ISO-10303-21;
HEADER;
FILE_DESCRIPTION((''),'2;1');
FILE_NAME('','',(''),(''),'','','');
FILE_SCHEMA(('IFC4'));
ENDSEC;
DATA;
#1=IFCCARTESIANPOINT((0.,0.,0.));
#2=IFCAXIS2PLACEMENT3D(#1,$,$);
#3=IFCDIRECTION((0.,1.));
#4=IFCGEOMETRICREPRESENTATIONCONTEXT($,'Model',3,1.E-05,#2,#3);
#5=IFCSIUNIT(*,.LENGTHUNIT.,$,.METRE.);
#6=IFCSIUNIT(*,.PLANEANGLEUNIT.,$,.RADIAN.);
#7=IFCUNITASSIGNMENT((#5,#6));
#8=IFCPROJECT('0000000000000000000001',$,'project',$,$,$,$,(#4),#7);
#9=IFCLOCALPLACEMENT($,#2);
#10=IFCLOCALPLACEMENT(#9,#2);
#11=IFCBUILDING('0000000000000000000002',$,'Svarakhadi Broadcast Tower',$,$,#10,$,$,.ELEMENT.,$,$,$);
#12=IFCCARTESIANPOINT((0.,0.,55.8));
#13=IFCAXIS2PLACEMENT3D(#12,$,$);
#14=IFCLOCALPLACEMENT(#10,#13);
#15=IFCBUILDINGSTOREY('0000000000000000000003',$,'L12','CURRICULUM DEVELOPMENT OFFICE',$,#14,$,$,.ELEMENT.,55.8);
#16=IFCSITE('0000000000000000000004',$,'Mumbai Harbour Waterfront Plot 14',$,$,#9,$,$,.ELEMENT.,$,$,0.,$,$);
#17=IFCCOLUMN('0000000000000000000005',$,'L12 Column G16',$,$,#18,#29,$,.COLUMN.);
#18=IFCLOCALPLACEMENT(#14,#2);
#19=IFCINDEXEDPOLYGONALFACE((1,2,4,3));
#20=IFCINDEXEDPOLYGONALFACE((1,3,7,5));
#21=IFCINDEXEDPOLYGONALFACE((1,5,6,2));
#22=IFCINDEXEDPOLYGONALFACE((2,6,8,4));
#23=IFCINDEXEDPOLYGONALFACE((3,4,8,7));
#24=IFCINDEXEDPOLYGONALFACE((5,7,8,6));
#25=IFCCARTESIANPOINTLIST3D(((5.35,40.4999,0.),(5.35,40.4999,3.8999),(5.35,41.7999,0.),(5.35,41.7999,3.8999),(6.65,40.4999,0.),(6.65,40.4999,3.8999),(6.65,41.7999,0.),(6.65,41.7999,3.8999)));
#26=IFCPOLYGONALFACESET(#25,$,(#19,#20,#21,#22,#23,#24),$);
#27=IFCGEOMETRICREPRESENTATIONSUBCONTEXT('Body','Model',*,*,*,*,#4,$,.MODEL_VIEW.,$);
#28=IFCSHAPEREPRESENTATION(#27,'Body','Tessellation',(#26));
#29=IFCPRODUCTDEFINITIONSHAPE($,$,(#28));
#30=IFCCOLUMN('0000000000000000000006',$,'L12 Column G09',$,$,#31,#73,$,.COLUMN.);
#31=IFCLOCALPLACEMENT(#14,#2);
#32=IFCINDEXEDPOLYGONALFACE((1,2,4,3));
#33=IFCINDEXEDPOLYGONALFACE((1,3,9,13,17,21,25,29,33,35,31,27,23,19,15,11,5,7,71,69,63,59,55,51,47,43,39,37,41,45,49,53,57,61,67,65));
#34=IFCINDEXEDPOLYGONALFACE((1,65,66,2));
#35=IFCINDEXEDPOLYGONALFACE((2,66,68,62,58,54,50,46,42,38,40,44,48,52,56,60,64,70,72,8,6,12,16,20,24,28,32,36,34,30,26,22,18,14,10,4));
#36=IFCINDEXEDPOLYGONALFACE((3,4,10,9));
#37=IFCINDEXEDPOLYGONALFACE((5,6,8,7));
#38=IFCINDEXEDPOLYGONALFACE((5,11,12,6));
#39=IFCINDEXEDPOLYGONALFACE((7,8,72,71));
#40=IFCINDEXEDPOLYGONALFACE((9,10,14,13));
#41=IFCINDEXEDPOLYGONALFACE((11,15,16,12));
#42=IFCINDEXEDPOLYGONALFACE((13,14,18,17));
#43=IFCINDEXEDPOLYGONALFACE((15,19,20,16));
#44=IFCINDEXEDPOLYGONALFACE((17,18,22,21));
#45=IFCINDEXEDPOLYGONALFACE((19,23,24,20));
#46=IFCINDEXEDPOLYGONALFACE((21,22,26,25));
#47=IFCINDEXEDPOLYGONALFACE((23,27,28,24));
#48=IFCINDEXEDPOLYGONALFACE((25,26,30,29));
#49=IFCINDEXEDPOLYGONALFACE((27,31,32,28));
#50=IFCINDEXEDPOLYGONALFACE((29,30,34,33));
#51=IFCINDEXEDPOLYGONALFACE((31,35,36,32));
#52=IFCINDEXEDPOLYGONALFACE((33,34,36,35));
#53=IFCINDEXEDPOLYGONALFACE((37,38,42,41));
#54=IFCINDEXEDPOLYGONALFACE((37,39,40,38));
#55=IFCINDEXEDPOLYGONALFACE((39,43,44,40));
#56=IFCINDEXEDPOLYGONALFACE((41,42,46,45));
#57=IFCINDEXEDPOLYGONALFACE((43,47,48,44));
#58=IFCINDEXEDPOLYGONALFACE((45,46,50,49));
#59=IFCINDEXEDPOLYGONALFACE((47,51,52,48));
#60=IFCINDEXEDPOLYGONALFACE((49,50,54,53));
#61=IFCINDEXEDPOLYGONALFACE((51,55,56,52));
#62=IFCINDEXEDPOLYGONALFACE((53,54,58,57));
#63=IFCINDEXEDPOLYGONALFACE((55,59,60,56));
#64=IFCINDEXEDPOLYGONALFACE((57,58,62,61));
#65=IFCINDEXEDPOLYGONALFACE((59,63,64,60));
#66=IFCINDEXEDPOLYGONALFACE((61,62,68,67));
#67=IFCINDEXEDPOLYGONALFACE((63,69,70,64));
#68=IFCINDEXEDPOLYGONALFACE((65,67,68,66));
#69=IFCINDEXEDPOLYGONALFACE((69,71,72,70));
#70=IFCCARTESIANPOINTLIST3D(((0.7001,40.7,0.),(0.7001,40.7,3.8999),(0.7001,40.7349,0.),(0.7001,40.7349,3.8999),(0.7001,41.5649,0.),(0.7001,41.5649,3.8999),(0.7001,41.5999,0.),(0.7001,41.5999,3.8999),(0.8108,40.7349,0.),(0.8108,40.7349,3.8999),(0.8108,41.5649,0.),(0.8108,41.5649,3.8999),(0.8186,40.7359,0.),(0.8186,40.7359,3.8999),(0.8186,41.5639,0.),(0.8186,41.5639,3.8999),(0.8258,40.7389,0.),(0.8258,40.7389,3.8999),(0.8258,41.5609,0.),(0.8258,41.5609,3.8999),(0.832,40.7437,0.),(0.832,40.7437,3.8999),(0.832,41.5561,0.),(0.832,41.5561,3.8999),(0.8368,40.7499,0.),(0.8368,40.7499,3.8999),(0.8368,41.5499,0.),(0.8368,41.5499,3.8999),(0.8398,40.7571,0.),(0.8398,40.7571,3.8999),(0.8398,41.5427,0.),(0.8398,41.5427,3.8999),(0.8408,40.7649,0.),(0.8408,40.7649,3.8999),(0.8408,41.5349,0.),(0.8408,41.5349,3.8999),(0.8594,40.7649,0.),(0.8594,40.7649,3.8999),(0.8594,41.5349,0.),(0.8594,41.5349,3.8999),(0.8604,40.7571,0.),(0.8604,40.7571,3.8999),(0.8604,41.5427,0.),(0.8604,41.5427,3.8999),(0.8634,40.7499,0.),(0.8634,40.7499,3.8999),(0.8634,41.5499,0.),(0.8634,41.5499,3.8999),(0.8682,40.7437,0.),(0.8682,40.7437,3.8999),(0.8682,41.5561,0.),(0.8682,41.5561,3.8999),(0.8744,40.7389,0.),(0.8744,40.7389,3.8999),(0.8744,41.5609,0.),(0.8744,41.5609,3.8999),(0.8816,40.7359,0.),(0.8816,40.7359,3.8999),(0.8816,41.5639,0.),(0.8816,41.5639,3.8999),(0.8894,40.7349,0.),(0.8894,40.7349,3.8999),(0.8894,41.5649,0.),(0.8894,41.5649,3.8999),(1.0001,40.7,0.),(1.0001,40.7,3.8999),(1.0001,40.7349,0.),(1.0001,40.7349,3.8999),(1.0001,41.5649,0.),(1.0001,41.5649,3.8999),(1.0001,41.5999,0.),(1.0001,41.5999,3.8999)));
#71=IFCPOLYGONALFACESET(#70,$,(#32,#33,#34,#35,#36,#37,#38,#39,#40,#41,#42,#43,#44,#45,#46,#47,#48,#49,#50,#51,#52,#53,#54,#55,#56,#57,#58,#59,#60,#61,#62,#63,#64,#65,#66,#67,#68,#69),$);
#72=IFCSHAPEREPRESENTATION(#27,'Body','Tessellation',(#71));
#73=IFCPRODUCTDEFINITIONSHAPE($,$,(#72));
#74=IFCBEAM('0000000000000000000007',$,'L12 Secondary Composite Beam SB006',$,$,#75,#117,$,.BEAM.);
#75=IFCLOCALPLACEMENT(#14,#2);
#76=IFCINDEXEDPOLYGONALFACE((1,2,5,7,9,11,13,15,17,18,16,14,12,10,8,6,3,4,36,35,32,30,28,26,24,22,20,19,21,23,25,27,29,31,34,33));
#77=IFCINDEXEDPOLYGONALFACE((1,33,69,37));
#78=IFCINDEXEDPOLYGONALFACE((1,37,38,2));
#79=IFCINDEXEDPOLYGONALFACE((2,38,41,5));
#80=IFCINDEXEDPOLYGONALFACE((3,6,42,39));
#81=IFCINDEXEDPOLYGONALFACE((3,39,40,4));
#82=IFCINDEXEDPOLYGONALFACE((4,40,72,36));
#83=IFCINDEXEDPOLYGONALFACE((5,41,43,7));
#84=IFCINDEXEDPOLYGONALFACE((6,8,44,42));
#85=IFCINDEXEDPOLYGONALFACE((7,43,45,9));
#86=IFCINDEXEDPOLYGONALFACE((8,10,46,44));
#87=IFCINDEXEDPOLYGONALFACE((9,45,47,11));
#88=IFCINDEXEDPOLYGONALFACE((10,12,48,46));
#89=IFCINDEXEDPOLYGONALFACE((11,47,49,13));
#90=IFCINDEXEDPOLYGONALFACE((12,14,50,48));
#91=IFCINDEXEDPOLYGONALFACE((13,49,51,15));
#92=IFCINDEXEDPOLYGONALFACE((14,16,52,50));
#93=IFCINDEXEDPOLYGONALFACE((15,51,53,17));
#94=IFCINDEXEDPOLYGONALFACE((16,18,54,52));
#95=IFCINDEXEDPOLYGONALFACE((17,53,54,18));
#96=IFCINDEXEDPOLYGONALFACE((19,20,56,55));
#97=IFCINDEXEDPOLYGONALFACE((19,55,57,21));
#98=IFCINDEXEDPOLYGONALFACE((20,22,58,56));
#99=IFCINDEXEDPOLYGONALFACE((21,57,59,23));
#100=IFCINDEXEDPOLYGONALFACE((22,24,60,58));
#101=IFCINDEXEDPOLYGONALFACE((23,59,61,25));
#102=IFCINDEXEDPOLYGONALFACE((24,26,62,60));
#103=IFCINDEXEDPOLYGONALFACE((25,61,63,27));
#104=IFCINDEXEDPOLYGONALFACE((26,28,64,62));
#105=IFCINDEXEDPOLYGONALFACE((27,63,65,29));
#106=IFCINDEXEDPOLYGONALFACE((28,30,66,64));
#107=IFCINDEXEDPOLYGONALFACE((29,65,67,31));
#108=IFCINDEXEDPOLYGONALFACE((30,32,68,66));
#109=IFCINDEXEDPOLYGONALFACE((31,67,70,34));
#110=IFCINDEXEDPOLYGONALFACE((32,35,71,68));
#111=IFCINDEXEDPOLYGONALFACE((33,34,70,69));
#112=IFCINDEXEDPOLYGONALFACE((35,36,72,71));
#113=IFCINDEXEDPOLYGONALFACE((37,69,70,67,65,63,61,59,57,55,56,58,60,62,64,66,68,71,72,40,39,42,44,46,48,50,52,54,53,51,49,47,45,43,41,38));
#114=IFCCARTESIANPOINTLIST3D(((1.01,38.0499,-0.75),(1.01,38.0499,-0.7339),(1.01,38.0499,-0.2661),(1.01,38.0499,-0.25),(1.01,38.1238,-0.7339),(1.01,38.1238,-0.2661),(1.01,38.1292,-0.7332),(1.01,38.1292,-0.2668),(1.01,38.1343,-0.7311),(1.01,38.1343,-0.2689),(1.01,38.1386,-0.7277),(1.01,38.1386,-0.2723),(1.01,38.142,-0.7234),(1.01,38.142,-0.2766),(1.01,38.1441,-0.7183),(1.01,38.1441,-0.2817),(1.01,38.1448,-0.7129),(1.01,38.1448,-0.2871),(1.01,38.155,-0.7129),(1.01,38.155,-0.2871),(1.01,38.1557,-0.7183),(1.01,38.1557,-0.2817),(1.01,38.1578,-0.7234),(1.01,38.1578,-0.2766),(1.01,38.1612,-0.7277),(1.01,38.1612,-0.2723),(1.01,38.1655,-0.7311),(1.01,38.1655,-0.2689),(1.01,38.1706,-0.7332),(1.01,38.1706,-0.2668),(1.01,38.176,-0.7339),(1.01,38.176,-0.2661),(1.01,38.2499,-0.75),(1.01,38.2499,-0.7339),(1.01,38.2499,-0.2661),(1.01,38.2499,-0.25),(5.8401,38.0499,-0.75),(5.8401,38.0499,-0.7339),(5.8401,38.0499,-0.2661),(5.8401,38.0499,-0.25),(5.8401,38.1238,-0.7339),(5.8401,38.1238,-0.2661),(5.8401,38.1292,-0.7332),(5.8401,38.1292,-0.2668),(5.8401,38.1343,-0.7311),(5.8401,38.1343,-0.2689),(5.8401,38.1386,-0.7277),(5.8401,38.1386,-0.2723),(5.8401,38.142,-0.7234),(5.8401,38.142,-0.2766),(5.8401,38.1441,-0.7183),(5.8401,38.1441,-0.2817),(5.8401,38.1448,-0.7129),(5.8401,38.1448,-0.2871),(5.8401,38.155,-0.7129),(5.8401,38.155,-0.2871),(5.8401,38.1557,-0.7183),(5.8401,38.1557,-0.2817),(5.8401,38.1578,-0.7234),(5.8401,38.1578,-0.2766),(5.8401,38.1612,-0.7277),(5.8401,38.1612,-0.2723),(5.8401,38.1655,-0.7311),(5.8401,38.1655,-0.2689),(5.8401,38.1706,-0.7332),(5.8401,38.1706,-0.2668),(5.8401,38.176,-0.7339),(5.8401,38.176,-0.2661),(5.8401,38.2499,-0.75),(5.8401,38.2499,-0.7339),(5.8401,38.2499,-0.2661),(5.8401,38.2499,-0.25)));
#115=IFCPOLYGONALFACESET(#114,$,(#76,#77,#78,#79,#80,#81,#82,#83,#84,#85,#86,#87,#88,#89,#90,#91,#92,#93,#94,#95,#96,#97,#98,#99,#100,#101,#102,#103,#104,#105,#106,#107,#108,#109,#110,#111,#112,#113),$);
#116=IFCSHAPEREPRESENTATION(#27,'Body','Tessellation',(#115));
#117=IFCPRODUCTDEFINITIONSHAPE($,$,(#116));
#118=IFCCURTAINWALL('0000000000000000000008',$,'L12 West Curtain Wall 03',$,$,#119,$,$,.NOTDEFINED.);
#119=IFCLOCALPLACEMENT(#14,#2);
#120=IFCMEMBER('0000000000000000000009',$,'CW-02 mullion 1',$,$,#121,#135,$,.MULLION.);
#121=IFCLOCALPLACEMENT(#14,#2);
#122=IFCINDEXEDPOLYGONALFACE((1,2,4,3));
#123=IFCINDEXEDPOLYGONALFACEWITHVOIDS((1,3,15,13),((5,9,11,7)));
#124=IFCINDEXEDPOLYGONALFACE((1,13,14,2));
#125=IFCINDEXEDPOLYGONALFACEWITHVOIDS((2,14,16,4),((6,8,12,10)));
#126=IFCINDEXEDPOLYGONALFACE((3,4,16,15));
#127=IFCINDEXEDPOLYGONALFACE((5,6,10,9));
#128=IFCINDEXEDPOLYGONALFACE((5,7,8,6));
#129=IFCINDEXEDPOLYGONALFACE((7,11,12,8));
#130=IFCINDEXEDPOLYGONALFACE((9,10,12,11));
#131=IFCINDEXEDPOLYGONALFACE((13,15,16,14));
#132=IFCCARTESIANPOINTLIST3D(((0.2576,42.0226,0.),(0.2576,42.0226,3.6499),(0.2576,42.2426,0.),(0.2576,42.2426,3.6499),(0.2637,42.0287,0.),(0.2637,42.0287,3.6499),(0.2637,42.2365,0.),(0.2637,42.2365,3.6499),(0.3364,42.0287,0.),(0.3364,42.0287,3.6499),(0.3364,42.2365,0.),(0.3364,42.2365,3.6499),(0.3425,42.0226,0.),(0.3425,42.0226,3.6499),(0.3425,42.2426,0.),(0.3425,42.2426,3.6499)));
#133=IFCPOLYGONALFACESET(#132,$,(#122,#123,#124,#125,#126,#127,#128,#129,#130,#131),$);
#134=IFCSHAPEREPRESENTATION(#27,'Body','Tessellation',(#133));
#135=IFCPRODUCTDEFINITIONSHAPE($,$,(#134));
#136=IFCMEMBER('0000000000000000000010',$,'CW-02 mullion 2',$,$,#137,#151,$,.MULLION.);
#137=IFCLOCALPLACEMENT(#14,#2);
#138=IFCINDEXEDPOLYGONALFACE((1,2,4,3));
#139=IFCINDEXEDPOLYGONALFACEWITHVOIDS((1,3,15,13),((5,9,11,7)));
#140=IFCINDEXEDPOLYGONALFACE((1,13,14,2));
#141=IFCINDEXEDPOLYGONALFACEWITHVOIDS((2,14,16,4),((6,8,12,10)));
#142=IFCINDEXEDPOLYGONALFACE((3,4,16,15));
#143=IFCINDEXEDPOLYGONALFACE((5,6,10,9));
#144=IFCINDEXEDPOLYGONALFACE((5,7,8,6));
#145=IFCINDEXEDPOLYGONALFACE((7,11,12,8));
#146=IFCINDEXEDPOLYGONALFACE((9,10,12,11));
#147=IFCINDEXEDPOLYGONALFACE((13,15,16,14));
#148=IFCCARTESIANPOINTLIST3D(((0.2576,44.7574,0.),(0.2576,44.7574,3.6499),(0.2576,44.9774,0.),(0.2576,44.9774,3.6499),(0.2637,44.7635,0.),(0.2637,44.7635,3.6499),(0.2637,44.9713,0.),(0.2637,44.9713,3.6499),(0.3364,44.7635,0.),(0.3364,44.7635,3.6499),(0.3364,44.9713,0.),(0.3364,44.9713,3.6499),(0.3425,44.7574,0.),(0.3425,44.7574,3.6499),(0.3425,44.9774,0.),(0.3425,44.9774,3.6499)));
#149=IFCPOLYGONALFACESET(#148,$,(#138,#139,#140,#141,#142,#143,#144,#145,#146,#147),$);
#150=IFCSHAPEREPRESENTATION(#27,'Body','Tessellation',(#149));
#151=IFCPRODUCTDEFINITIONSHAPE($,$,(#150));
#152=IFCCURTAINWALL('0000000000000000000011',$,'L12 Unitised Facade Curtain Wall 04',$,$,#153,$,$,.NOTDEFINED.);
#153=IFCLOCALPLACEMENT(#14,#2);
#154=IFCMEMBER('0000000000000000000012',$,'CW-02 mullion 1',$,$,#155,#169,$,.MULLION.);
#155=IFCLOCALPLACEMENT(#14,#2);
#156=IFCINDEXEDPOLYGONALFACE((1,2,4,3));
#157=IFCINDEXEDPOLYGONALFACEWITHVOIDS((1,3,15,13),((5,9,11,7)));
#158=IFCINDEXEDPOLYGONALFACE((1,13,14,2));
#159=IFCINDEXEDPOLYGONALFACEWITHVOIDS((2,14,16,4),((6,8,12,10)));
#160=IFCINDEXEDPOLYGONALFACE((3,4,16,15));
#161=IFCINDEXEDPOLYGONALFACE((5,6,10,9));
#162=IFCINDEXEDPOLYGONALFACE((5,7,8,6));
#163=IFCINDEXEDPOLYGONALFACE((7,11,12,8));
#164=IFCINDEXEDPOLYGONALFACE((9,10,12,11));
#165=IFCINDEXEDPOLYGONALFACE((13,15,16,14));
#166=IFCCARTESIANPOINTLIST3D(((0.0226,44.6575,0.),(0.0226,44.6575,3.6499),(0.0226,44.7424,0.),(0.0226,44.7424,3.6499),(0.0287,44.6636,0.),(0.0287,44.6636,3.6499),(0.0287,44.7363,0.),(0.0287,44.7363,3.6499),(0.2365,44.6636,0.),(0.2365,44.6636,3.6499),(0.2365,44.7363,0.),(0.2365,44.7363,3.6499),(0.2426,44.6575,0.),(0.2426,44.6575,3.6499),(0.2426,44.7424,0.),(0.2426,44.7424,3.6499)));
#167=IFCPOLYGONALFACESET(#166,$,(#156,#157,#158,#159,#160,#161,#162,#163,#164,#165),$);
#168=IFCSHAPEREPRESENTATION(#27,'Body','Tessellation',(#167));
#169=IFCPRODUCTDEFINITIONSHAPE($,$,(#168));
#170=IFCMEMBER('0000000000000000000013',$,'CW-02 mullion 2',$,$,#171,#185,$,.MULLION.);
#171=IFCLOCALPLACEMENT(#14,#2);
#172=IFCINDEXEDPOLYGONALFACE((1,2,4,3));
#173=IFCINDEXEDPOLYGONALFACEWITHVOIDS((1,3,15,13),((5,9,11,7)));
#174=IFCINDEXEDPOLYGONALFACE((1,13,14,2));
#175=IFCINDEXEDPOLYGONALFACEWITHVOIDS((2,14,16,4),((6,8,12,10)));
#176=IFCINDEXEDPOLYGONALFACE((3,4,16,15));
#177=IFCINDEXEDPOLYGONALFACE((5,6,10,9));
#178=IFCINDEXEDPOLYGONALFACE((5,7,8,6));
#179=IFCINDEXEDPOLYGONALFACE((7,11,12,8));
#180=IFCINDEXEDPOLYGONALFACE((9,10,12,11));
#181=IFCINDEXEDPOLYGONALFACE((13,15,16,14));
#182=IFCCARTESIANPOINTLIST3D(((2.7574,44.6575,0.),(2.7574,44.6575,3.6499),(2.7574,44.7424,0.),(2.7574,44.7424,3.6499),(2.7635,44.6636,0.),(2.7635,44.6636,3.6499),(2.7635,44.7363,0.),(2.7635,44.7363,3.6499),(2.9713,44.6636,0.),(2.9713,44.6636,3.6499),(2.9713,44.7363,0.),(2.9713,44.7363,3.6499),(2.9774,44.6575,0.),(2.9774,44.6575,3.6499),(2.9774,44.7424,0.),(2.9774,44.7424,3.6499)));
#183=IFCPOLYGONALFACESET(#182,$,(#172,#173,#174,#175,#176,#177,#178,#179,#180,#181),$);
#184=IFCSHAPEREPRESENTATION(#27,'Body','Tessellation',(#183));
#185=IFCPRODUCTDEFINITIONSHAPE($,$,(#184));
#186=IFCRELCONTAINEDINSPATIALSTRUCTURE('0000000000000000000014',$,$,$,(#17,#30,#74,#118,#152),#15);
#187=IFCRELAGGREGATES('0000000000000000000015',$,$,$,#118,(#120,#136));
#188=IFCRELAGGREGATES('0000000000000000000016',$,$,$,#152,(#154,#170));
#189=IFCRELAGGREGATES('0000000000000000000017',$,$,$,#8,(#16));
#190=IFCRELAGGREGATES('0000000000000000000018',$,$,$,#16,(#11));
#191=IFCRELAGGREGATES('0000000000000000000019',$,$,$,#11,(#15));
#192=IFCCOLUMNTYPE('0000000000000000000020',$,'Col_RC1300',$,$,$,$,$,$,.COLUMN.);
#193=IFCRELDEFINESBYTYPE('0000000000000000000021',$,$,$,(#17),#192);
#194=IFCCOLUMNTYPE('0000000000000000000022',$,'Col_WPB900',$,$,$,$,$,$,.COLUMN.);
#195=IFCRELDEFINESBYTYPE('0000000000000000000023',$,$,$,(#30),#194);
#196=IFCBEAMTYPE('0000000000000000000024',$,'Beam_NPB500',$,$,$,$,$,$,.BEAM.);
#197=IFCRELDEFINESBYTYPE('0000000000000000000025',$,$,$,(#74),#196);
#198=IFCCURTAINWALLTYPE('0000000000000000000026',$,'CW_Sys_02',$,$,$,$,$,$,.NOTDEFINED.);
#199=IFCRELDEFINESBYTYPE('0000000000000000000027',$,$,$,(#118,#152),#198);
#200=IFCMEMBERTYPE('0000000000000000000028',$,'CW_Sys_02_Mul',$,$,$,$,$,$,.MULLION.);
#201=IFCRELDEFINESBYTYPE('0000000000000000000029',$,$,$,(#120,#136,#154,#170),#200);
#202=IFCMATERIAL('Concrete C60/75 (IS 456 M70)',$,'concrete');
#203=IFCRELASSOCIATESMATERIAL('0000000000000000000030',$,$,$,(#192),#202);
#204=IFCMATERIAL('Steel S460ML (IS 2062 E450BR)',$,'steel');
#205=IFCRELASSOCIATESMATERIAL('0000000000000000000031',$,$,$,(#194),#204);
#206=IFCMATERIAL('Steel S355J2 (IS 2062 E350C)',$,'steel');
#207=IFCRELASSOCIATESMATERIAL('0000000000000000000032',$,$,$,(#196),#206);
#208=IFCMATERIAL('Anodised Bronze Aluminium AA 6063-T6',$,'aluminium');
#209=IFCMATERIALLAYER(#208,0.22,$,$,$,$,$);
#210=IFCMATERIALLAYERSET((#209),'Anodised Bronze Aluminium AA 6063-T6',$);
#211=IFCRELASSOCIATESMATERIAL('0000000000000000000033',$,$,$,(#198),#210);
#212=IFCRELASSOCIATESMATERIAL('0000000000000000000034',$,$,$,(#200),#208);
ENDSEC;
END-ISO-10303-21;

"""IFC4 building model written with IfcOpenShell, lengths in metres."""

from ifc_helpers import new_model, si_unit, direction, frame, origin, origin_2d, place, context, subcontext, project, spatial, rectangle, hollow_rectangle, i_section, extrude, material, layer, layer_set, material_profile, profile_set, type_object, element, aggregate, save


model = new_model("IFC4")

# Units and contexts
model_context = context("Model", 3, precision=1e-05, world=origin(), true_north=direction((0.0, 1.0)))
body_context = subcontext(model_context, "Body", "Model", "MODEL_VIEW")
ifc_project = project(units=[si_unit("LENGTHUNIT", "METRE"), si_unit("PLANEANGLEUNIT", "RADIAN")], contexts=[model_context])

# Site, building, storey
site_placement = place(None, origin())
site = spatial("IfcSite", under=ifc_project, at=site_placement, Name="Mumbai Harbour Waterfront Plot 14", CompositionType="ELEMENT", RefElevation=0.0)
building_placement = place(site_placement, origin())
building = spatial("IfcBuilding", under=site, at=building_placement, Name="Svarakhadi Broadcast Tower", CompositionType="ELEMENT")
storey_placement = place(building_placement, frame((0.0, 0.0, 55.8)))
storey = spatial("IfcBuildingStorey", under=building, at=storey_placement, Name="L12", Description="CURRICULUM DEVELOPMENT OFFICE", CompositionType="ELEMENT", Elevation=55.8)

# Columns
ifc_material_1 = material(Name="Concrete C60/75 (IS 456 M70)", Category="concrete")
ifc_material_profile_1 = material_profile(ifc_material_1, rectangle(XDim=1.3, YDim=1.3, at=origin_2d()), Name="RC 1300x1300")
ifc_profile_set_1 = profile_set([ifc_material_profile_1], Name="Concrete C60/75 (IS 456 M70)")
column_type_1 = type_object("IfcColumnType", Name="Col_RC1300", PredefinedType="COLUMN", material=ifc_profile_set_1)
column_1_placement = place(storey_placement, frame((6.0, 41.1499, 0.0), z_axis=(0.0, 0.0, 1.0), x_axis=(1.0, 0.0, 0.0)))
element("IfcColumn", 1, at=column_1_placement, inside=storey, type_object=column_type_1, Name="L12 Column G16", PredefinedType="COLUMN", context=body_context, shape_type="SweptSolid", body=[
    extrude(rectangle(XDim=1.3, YDim=1.3, at=origin_2d()), origin(), (0.0, 0.0, 1.0), 3.8999),
])
ifc_material_2 = material(Name="Steel S460ML (IS 2062 E450BR)", Category="steel")
ifc_material_profile_2 = material_profile(ifc_material_2, i_section(OverallWidth=0.3, OverallDepth=0.8999, WebThickness=0.0186, FlangeThickness=0.0349, FilletRadius=0.03, at=origin_2d()), Name="WPB 900x300x291")
ifc_profile_set_2 = profile_set([ifc_material_profile_2], Name="Steel S460ML (IS 2062 E450BR)")
column_type_2 = type_object("IfcColumnType", Name="Col_WPB900", PredefinedType="COLUMN", material=ifc_profile_set_2)
column_2_placement = place(storey_placement, frame((0.8501, 41.1499, 0.0), z_axis=(0.0, 0.0, 1.0), x_axis=(1.0, 0.0, 0.0)))
element("IfcColumn", 2, at=column_2_placement, inside=storey, type_object=column_type_2, Name="L12 Column G09", PredefinedType="COLUMN", context=body_context, shape_type="SweptSolid", body=[
    extrude(i_section(OverallWidth=0.3, OverallDepth=0.8999, WebThickness=0.0186, FlangeThickness=0.0349, FilletRadius=0.03, at=origin_2d()), origin(), (0.0, 0.0, 1.0), 3.8999),
])

# Beam
ifc_material_3 = material(Name="Steel S355J2 (IS 2062 E350C)", Category="steel")
ifc_material_profile_3 = material_profile(ifc_material_3, i_section(OverallWidth=0.2, OverallDepth=0.5, WebThickness=0.0103, FlangeThickness=0.0161, FilletRadius=0.021, at=origin_2d()), Name="NPB 500x200x91")
ifc_profile_set_3 = profile_set([ifc_material_profile_3], Name="Steel S355J2 (IS 2062 E350C)")
beam_type_1 = type_object("IfcBeamType", Name="Beam_NPB500", PredefinedType="BEAM", material=ifc_profile_set_3)
beam_1_placement = place(storey_placement, frame((1.01, 38.1499, -0.5), z_axis=(1.0, 0.0, 0.0), x_axis=(0.0, 1.0, 0.0)))
element("IfcBeam", 3, at=beam_1_placement, inside=storey, type_object=beam_type_1, Name="L12 Secondary Composite Beam SB006", PredefinedType="BEAM", context=body_context, shape_type="SweptSolid", body=[
    extrude(i_section(OverallWidth=0.2, OverallDepth=0.5, WebThickness=0.0103, FlangeThickness=0.0161, FilletRadius=0.021, at=origin_2d()), origin(), (0.0, 0.0, 1.0), 4.8301),
])

# Curtain walls, members
ifc_material_4 = material(Name="Anodised Bronze Aluminium AA 6063-T6", Category="aluminium")
ifc_layer_1 = layer(ifc_material_4, 0.22)
ifc_layer_set_1 = layer_set([ifc_layer_1], Name="Anodised Bronze Aluminium AA 6063-T6")
curtain_wall_type = type_object("IfcCurtainWallType", Name="CW_Sys_02", PredefinedType="NOTDEFINED", material=ifc_layer_set_1)
curtain_wall_1_placement = place(storey_placement, origin())
curtain_wall_1 = element("IfcCurtainWall", 4, at=curtain_wall_1_placement, inside=storey, type_object=curtain_wall_type, Name="L12 West Curtain Wall 03", PredefinedType="NOTDEFINED")
ifc_material_profile_4 = material_profile(ifc_material_4, hollow_rectangle(XDim=0.085, YDim=0.22, WallThickness=0.0061, at=origin_2d()), Name="ALU MULLION 220x85x6")
ifc_profile_set_4 = profile_set([ifc_material_profile_4], Name="Anodised Bronze Aluminium AA 6063-T6")
member_type_1 = type_object("IfcMemberType", Name="CW_Sys_02_Mul", PredefinedType="MULLION", material=ifc_profile_set_4)
member_1_placement = place(storey_placement, frame((0.3, 42.1326, 0.0), z_axis=(0.0, 0.0, 1.0), x_axis=(-1.0, 0.0, 0.0)))
member_1 = element("IfcMember", 5, at=member_1_placement, type_object=member_type_1, Name="CW-02 mullion 1", PredefinedType="MULLION", context=body_context, shape_type="SweptSolid", body=[
    extrude(hollow_rectangle(XDim=0.085, YDim=0.22, WallThickness=0.0061, at=origin_2d()), origin(), (0.0, 0.0, 1.0), 3.6499),
])
member_2_placement = place(storey_placement, frame((0.3, 44.8674, 0.0), z_axis=(0.0, 0.0, 1.0), x_axis=(-1.0, 0.0, 0.0)))
member_2 = element("IfcMember", 6, at=member_2_placement, type_object=member_type_1, Name="CW-02 mullion 2", PredefinedType="MULLION", context=body_context, shape_type="SweptSolid", body=[
    extrude(hollow_rectangle(XDim=0.085, YDim=0.22, WallThickness=0.0061, at=origin_2d()), origin(), (0.0, 0.0, 1.0), 3.6499),
])
curtain_wall_2_placement = place(storey_placement, origin())
curtain_wall_2 = element("IfcCurtainWall", 7, at=curtain_wall_2_placement, inside=storey, type_object=curtain_wall_type, Name="L12 Unitised Facade Curtain Wall 04", PredefinedType="NOTDEFINED")
member_3_placement = place(storey_placement, frame((0.1326, 44.7, 0.0), z_axis=(0.0, 0.0, 1.0), x_axis=(0.0, 1.0, 0.0)))
member_3 = element("IfcMember", 8, at=member_3_placement, type_object=member_type_1, Name="CW-02 mullion 1", PredefinedType="MULLION", context=body_context, shape_type="SweptSolid", body=[
    extrude(hollow_rectangle(XDim=0.085, YDim=0.22, WallThickness=0.0061, at=origin_2d()), origin(), (0.0, 0.0, 1.0), 3.6499),
])
member_4_placement = place(storey_placement, frame((2.8674, 44.7, 0.0), z_axis=(0.0, 0.0, 1.0), x_axis=(0.0, 1.0, 0.0)))
member_4 = element("IfcMember", 9, at=member_4_placement, type_object=member_type_1, Name="CW-02 mullion 2", PredefinedType="MULLION", context=body_context, shape_type="SweptSolid", body=[
    extrude(hollow_rectangle(XDim=0.085, YDim=0.22, WallThickness=0.0061, at=origin_2d()), origin(), (0.0, 0.0, 1.0), 3.6499),
])

aggregate(curtain_wall_1, [member_1, member_2])
aggregate(curtain_wall_2, [member_3, member_4])

save(model, "model.ifc")
